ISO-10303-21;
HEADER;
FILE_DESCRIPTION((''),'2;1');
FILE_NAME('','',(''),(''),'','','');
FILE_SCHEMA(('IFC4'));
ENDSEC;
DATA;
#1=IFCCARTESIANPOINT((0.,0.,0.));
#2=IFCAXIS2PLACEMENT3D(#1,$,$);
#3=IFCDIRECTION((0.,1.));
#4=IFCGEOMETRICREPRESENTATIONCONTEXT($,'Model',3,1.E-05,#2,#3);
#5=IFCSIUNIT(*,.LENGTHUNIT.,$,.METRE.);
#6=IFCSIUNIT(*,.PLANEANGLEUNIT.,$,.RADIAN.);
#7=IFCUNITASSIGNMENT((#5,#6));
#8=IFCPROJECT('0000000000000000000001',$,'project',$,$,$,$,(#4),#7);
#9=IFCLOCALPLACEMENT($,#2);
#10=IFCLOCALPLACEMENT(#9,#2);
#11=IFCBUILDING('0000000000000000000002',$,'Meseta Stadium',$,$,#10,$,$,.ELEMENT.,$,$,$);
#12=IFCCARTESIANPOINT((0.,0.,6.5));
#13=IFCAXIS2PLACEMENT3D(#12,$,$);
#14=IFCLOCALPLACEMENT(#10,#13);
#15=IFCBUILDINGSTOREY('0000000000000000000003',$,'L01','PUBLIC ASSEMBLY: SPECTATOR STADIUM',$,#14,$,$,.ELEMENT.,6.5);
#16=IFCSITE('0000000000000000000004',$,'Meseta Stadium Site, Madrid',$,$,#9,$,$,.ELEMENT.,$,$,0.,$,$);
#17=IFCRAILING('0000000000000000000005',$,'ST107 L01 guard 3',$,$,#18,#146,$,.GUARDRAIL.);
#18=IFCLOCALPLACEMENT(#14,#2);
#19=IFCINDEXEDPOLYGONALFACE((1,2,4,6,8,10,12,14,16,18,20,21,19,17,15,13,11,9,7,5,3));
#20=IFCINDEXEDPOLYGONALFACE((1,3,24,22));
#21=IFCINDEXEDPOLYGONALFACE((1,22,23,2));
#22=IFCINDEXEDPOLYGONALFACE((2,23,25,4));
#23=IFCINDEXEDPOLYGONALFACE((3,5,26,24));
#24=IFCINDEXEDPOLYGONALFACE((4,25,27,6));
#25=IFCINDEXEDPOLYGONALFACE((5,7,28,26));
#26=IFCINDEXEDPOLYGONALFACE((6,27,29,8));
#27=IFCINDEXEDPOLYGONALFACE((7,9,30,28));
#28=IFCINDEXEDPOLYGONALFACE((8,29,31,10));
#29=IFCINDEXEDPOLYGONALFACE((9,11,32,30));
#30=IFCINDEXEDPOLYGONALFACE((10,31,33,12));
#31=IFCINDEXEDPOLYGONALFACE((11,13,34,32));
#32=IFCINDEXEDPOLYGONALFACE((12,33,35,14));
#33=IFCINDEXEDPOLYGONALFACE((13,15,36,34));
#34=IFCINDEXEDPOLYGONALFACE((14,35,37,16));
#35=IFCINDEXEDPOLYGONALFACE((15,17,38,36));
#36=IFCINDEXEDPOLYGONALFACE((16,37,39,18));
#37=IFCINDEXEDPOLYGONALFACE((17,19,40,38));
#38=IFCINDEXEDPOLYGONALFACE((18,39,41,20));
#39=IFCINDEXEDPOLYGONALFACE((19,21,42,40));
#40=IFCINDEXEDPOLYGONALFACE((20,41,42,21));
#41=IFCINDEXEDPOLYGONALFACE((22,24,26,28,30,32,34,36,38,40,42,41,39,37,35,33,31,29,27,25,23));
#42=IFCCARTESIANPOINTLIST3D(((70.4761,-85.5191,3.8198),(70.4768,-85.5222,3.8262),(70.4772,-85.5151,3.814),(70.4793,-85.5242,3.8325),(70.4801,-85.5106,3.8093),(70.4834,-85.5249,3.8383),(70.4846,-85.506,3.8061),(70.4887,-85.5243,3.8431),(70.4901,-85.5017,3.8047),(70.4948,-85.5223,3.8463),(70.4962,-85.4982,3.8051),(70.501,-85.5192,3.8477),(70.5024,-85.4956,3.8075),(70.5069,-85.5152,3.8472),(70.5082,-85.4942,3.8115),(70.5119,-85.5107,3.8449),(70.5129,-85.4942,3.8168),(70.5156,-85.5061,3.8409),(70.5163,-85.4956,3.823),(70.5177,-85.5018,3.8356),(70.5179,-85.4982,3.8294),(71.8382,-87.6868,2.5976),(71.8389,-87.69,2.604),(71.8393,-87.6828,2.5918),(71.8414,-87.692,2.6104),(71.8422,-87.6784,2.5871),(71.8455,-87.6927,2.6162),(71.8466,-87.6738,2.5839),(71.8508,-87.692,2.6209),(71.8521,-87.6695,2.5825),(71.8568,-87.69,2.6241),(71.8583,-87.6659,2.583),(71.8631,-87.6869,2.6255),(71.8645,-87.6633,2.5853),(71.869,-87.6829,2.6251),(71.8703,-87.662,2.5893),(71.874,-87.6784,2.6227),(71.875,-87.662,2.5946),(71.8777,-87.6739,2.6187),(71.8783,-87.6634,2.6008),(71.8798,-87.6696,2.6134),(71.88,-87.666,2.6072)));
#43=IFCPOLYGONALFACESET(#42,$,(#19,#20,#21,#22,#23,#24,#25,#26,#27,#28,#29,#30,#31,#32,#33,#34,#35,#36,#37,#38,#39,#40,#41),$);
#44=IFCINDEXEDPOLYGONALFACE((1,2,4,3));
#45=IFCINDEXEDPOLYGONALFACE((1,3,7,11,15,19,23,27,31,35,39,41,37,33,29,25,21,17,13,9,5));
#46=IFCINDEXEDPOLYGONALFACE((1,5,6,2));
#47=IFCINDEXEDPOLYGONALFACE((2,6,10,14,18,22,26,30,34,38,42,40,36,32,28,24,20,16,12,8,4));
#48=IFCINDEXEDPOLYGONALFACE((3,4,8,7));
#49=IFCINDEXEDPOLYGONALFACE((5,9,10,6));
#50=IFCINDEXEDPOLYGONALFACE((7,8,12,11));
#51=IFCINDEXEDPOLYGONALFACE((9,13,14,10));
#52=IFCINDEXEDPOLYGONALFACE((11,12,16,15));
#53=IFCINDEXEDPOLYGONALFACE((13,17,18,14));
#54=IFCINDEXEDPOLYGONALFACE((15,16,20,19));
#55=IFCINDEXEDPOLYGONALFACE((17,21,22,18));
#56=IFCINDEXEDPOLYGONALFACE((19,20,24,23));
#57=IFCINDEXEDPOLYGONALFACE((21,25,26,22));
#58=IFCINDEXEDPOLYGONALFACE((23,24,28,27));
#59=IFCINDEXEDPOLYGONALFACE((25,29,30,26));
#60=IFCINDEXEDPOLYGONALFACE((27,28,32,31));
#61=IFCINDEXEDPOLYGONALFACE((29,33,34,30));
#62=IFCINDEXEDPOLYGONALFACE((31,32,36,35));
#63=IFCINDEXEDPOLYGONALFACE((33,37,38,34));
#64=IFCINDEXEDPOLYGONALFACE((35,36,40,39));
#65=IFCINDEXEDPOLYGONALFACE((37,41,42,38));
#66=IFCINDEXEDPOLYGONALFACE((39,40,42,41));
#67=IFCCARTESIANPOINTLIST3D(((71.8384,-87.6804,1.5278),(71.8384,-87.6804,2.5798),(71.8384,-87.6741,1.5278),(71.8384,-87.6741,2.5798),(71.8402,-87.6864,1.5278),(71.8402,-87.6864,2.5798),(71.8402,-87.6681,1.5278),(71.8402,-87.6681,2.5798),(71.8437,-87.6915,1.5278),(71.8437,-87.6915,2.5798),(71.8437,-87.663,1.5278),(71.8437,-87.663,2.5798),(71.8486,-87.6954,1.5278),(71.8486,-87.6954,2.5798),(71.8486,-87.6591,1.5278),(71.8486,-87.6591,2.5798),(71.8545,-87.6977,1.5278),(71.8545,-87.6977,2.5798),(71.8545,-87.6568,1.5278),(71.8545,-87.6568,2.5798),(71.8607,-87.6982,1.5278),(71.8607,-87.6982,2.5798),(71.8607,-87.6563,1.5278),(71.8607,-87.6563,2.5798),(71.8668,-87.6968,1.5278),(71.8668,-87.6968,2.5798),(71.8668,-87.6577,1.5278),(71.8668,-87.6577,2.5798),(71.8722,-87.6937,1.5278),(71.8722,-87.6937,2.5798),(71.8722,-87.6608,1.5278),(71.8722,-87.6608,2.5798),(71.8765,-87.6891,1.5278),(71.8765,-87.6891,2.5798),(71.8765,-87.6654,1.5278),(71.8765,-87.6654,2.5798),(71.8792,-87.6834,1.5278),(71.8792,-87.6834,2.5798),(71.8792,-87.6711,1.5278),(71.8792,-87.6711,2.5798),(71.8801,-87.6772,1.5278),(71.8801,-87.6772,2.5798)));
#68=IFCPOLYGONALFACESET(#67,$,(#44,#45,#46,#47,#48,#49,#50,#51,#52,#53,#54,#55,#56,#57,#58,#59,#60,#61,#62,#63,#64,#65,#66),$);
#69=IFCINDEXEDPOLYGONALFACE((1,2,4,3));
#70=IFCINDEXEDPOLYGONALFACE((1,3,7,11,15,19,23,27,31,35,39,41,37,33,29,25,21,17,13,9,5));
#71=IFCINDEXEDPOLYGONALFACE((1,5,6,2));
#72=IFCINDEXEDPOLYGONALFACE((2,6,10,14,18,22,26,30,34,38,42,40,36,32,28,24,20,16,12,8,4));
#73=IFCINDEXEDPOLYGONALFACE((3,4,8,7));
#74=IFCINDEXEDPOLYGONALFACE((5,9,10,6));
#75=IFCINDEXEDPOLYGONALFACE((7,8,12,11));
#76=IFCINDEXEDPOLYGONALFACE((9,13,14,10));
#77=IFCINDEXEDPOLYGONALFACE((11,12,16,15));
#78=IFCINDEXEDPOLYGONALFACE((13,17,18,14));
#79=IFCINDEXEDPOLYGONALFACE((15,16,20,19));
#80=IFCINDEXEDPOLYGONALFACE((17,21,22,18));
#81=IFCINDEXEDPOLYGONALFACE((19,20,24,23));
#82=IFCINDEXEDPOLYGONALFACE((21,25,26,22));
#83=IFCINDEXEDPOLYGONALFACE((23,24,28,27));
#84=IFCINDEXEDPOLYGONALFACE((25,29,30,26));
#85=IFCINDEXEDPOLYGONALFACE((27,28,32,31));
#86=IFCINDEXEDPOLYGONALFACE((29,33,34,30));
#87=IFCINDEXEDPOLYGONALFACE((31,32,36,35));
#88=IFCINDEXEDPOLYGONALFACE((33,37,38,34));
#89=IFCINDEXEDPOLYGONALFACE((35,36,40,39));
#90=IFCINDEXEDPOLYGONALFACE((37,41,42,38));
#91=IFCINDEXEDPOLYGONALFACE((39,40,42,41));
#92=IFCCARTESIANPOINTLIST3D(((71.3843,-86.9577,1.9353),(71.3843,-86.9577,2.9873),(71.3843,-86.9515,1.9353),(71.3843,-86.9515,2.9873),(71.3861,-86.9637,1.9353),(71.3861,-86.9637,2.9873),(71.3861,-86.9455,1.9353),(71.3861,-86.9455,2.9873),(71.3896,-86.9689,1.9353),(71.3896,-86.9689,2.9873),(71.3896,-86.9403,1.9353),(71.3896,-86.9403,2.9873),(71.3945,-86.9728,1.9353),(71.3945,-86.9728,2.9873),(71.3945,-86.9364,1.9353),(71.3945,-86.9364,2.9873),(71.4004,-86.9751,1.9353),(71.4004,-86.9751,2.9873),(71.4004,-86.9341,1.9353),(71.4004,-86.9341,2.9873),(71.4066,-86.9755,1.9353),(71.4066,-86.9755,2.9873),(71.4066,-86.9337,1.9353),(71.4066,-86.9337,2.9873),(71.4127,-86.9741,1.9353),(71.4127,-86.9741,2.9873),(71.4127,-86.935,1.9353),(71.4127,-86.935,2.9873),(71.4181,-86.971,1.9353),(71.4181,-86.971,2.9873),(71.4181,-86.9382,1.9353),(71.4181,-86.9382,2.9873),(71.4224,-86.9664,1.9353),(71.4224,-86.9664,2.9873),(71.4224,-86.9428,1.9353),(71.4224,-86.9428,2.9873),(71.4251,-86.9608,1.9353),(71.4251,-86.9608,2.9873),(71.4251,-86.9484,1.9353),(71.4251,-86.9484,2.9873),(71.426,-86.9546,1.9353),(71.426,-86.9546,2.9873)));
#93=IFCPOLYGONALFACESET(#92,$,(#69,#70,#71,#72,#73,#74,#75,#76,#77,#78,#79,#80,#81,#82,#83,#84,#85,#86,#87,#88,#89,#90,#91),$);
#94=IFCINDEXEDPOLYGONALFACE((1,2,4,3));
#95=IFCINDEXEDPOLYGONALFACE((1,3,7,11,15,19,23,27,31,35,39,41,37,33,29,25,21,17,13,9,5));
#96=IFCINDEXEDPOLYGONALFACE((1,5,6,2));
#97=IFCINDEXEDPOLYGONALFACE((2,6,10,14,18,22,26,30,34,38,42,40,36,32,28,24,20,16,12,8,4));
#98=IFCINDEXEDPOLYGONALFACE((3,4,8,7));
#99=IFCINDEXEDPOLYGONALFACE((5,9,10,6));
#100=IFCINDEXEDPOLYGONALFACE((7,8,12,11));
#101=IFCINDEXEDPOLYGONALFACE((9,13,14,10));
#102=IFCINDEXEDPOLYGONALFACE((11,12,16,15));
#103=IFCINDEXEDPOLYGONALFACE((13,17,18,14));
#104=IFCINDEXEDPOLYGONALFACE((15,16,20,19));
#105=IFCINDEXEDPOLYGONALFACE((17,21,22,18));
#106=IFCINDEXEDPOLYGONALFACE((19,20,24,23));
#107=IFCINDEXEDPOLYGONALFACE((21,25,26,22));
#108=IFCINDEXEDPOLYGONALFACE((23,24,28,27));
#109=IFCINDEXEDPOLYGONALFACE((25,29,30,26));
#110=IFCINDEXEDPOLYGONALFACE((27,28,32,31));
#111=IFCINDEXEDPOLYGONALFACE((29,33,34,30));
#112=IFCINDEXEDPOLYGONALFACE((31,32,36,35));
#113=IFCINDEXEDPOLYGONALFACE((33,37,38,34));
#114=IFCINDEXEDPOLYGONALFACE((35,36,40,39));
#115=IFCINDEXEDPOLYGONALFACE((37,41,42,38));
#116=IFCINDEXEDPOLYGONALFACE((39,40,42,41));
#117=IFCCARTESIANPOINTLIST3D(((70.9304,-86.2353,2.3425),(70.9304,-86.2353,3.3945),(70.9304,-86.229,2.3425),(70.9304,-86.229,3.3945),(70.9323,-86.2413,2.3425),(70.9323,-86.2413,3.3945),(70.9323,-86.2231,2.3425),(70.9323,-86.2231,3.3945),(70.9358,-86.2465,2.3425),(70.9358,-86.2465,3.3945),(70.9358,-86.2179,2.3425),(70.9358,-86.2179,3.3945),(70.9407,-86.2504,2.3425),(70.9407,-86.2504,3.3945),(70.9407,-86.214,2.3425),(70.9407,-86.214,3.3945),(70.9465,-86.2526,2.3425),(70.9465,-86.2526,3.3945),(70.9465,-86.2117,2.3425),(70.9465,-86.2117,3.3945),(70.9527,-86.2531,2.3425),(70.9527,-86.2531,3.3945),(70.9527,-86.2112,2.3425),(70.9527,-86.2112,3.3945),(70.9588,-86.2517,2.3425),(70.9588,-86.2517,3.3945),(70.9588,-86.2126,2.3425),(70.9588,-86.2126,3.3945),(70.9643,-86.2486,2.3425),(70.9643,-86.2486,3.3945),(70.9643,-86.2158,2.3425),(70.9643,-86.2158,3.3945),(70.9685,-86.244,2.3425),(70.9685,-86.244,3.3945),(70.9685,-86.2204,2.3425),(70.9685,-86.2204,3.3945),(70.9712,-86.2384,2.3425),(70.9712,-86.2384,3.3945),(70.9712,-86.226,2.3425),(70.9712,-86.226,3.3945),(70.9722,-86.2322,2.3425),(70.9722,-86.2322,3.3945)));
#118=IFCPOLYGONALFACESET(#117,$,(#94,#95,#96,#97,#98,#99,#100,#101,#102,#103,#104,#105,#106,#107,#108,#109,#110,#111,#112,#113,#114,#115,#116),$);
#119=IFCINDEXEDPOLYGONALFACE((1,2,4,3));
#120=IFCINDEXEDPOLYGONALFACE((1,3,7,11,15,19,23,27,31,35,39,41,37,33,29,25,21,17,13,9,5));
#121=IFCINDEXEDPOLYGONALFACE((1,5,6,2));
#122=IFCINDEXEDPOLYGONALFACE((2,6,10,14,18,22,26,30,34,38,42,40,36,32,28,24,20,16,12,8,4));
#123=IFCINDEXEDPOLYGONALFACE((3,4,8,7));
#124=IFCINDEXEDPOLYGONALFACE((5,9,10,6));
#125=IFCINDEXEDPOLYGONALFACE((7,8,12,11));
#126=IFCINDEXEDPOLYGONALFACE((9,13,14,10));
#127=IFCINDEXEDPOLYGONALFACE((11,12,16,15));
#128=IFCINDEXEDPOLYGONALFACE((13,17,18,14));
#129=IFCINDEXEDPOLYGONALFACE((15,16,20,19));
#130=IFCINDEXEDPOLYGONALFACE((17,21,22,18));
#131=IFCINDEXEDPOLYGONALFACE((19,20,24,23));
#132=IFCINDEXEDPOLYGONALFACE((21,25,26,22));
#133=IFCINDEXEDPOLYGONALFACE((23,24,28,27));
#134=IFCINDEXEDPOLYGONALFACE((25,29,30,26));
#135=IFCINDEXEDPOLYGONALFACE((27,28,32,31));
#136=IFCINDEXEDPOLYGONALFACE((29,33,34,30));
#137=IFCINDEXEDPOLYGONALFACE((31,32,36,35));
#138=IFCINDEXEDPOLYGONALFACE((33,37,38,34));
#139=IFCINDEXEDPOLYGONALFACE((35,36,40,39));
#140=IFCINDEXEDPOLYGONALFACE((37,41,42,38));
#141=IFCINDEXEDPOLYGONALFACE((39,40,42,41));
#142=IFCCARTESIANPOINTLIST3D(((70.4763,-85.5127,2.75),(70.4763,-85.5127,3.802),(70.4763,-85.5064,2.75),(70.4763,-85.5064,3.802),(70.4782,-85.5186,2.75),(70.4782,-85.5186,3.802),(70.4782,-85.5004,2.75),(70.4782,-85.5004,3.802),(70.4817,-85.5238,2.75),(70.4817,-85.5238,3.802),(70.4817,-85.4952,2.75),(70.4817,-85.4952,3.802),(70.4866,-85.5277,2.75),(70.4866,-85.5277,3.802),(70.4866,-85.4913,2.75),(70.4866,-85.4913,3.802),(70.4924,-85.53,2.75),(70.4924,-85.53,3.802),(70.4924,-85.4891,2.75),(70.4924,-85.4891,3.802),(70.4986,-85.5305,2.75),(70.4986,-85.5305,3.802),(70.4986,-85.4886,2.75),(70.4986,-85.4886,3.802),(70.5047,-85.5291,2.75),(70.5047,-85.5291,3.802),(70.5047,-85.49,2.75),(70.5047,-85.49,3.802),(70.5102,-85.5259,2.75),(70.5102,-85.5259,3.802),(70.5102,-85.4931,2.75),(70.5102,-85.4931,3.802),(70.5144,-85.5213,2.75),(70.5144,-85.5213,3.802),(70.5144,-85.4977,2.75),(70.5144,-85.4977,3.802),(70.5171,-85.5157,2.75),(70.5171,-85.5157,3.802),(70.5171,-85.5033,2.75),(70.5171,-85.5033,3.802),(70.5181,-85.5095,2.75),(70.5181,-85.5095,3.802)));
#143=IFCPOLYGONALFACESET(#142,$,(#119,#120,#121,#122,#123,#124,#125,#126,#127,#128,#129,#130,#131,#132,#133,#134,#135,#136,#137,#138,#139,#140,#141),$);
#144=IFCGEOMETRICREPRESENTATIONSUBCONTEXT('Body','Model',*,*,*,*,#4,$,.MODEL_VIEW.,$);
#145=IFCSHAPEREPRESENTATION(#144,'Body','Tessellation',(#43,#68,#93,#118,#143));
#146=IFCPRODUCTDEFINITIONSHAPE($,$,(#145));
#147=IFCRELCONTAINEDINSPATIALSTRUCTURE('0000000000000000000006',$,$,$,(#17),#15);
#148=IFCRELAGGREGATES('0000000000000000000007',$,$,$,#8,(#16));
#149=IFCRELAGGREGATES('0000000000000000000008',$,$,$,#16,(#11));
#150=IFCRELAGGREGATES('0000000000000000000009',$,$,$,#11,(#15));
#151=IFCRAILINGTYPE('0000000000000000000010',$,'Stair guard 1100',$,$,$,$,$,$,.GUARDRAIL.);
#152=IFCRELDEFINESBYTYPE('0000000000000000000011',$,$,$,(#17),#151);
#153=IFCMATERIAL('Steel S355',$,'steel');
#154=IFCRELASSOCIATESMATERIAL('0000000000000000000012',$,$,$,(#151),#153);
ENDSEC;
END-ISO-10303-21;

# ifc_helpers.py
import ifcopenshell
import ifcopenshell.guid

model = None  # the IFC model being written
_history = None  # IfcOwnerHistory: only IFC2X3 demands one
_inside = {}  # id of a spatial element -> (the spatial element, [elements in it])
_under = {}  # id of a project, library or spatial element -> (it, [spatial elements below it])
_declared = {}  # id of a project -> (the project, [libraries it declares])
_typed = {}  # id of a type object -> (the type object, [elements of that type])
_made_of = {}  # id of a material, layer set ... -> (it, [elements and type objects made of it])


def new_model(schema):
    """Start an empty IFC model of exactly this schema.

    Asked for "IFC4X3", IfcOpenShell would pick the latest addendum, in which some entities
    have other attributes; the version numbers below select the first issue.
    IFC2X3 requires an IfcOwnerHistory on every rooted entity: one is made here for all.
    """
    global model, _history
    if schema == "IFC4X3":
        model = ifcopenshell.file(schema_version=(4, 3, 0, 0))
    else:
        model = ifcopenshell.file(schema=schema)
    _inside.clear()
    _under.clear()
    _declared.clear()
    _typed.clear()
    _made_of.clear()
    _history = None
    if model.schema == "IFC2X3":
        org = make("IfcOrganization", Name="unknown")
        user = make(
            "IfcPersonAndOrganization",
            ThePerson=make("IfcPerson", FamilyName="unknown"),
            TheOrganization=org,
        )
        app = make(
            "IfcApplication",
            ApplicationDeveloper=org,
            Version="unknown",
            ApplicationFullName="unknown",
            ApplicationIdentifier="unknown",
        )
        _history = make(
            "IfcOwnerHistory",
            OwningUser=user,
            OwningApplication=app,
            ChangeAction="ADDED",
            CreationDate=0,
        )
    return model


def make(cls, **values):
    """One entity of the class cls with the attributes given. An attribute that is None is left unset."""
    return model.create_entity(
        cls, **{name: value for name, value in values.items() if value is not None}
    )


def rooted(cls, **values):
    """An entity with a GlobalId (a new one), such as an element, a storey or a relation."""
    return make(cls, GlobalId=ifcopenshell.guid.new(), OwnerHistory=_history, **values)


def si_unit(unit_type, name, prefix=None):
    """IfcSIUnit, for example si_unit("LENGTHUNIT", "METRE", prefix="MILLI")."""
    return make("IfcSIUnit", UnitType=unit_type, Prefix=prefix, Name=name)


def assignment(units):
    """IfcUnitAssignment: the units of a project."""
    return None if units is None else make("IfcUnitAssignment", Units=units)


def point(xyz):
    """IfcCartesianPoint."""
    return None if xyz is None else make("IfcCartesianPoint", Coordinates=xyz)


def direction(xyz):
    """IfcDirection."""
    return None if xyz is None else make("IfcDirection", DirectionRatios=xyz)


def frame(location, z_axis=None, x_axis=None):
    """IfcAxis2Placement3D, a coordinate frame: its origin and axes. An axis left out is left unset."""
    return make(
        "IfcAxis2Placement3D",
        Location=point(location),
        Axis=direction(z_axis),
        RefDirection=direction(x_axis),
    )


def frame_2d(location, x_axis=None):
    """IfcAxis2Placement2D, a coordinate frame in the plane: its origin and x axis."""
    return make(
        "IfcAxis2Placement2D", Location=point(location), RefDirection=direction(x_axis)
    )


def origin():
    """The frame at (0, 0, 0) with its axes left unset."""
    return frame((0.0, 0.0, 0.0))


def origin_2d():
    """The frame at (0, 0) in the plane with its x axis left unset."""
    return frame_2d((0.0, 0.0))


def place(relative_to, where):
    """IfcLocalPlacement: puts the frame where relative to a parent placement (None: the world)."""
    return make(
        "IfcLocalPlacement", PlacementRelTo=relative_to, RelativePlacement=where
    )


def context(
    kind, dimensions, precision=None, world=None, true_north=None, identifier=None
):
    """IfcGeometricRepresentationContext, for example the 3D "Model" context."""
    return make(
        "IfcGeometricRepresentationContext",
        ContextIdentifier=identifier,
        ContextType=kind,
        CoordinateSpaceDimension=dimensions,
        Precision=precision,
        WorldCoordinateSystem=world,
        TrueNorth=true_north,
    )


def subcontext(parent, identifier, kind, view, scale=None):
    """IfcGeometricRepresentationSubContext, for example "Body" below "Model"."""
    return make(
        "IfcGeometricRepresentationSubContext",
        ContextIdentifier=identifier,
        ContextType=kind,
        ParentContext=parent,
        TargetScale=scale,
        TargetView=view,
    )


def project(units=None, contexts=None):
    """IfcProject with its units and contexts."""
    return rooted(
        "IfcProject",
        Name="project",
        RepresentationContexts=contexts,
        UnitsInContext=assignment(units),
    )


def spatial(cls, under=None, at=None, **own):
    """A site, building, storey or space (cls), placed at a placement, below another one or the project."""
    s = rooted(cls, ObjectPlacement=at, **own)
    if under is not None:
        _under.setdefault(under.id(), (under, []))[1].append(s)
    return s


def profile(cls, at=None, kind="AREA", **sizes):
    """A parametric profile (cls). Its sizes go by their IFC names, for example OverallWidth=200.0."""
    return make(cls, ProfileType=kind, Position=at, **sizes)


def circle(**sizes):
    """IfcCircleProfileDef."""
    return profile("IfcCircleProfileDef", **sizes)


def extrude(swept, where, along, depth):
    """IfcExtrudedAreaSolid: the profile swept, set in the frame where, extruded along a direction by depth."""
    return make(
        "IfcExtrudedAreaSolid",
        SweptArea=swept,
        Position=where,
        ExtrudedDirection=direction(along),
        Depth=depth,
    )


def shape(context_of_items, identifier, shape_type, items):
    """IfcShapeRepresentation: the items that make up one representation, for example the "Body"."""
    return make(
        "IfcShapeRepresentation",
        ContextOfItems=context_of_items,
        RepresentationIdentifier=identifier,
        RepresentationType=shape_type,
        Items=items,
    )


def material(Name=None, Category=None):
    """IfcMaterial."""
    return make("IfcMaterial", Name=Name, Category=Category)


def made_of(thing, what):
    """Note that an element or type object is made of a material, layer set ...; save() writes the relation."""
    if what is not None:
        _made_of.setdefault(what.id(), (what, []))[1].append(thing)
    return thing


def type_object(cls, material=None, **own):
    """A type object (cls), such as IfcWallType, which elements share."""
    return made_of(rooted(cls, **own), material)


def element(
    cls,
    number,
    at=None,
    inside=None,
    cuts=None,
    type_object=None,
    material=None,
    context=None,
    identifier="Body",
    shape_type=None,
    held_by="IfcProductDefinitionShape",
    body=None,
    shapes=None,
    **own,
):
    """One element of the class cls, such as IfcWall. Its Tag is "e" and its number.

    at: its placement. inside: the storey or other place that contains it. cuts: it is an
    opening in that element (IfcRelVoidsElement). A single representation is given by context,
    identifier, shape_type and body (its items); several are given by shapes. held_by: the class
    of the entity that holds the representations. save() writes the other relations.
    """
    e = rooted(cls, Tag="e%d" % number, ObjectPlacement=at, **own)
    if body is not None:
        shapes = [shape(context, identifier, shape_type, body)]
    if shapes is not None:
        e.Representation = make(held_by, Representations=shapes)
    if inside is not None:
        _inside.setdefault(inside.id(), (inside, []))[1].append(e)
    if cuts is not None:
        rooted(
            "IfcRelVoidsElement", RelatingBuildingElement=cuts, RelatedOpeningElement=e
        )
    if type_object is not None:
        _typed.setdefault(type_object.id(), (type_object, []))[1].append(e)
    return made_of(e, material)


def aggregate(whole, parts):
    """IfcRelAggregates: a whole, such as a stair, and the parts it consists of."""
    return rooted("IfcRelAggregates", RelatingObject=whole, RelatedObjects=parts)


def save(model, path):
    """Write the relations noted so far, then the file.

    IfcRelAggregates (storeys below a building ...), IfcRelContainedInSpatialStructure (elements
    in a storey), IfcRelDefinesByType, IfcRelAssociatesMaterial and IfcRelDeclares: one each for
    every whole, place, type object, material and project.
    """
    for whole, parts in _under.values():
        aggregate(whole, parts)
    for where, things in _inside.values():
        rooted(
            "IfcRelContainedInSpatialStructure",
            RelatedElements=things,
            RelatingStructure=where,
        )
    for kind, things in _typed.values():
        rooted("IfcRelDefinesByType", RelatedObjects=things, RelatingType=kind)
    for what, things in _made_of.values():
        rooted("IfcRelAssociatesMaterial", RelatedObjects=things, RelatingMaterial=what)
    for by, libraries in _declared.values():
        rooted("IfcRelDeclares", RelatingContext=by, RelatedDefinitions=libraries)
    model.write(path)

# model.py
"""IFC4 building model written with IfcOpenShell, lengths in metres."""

from ifc_helpers import new_model, si_unit, direction, frame, origin, origin_2d, place, context, subcontext, project, spatial, circle, extrude, material, type_object, element, save


model = new_model("IFC4")

# Units and contexts
model_context = context("Model", 3, precision=1e-05, world=origin(), true_north=direction((0.0, 1.0)))
body_context = subcontext(model_context, "Body", "Model", "MODEL_VIEW")
ifc_project = project(units=[si_unit("LENGTHUNIT", "METRE"), si_unit("PLANEANGLEUNIT", "RADIAN")], contexts=[model_context])

# Site, building, storey
site_placement = place(None, origin())
site = spatial("IfcSite", under=ifc_project, at=site_placement, Name="Meseta Stadium Site, Madrid", CompositionType="ELEMENT", RefElevation=0.0)
building_placement = place(site_placement, origin())
building = spatial("IfcBuilding", under=site, at=building_placement, Name="Meseta Stadium", CompositionType="ELEMENT")
storey_placement = place(building_placement, frame((0.0, 0.0, 6.5)))
storey = spatial("IfcBuildingStorey", under=building, at=storey_placement, Name="L01", Description="PUBLIC ASSEMBLY: SPECTATOR STADIUM", CompositionType="ELEMENT", Elevation=6.5)

# Railing
ifc_material_1 = material(Name="Steel S355", Category="steel")
railing_type_1 = type_object("IfcRailingType", Name="Stair guard 1100", PredefinedType="GUARDRAIL", material=ifc_material_1)
railing_1_placement = place(storey_placement, frame((71.8591, -87.6772, 1.5278)))
element("IfcRailing", 1, at=railing_1_placement, inside=storey, type_object=railing_type_1, Name="ST107 L01 guard 3", PredefinedType="GUARDRAIL", context=body_context, shape_type="SweptSolid", body=[
    extrude(circle(Radius=0.0239, at=origin_2d()), frame((0.0, 0.0, 1.0762), z_axis=(-0.480125, 0.764121, 0.430813), x_axis=(-0.846726, -0.532029, 0.0)), (0.0, 0.0, 1.0), 2.8369),
    extrude(circle(Radius=0.021, at=origin_2d()), origin(), (0.0, 0.0, 1.0), 1.052),
    extrude(circle(Radius=0.021, at=origin_2d()), frame((-0.4541, 0.7227, 0.4075)), (0.0, 0.0, 1.0), 1.052),
    extrude(circle(Radius=0.021, at=origin_2d()), frame((-0.908, 1.4451, 0.8147)), (0.0, 0.0, 1.0), 1.052),
    extrude(circle(Radius=0.021, at=origin_2d()), frame((-1.3621, 2.1677, 1.2222)), (0.0, 0.0, 1.0), 1.052),
])

save(model, "model.ifc")
